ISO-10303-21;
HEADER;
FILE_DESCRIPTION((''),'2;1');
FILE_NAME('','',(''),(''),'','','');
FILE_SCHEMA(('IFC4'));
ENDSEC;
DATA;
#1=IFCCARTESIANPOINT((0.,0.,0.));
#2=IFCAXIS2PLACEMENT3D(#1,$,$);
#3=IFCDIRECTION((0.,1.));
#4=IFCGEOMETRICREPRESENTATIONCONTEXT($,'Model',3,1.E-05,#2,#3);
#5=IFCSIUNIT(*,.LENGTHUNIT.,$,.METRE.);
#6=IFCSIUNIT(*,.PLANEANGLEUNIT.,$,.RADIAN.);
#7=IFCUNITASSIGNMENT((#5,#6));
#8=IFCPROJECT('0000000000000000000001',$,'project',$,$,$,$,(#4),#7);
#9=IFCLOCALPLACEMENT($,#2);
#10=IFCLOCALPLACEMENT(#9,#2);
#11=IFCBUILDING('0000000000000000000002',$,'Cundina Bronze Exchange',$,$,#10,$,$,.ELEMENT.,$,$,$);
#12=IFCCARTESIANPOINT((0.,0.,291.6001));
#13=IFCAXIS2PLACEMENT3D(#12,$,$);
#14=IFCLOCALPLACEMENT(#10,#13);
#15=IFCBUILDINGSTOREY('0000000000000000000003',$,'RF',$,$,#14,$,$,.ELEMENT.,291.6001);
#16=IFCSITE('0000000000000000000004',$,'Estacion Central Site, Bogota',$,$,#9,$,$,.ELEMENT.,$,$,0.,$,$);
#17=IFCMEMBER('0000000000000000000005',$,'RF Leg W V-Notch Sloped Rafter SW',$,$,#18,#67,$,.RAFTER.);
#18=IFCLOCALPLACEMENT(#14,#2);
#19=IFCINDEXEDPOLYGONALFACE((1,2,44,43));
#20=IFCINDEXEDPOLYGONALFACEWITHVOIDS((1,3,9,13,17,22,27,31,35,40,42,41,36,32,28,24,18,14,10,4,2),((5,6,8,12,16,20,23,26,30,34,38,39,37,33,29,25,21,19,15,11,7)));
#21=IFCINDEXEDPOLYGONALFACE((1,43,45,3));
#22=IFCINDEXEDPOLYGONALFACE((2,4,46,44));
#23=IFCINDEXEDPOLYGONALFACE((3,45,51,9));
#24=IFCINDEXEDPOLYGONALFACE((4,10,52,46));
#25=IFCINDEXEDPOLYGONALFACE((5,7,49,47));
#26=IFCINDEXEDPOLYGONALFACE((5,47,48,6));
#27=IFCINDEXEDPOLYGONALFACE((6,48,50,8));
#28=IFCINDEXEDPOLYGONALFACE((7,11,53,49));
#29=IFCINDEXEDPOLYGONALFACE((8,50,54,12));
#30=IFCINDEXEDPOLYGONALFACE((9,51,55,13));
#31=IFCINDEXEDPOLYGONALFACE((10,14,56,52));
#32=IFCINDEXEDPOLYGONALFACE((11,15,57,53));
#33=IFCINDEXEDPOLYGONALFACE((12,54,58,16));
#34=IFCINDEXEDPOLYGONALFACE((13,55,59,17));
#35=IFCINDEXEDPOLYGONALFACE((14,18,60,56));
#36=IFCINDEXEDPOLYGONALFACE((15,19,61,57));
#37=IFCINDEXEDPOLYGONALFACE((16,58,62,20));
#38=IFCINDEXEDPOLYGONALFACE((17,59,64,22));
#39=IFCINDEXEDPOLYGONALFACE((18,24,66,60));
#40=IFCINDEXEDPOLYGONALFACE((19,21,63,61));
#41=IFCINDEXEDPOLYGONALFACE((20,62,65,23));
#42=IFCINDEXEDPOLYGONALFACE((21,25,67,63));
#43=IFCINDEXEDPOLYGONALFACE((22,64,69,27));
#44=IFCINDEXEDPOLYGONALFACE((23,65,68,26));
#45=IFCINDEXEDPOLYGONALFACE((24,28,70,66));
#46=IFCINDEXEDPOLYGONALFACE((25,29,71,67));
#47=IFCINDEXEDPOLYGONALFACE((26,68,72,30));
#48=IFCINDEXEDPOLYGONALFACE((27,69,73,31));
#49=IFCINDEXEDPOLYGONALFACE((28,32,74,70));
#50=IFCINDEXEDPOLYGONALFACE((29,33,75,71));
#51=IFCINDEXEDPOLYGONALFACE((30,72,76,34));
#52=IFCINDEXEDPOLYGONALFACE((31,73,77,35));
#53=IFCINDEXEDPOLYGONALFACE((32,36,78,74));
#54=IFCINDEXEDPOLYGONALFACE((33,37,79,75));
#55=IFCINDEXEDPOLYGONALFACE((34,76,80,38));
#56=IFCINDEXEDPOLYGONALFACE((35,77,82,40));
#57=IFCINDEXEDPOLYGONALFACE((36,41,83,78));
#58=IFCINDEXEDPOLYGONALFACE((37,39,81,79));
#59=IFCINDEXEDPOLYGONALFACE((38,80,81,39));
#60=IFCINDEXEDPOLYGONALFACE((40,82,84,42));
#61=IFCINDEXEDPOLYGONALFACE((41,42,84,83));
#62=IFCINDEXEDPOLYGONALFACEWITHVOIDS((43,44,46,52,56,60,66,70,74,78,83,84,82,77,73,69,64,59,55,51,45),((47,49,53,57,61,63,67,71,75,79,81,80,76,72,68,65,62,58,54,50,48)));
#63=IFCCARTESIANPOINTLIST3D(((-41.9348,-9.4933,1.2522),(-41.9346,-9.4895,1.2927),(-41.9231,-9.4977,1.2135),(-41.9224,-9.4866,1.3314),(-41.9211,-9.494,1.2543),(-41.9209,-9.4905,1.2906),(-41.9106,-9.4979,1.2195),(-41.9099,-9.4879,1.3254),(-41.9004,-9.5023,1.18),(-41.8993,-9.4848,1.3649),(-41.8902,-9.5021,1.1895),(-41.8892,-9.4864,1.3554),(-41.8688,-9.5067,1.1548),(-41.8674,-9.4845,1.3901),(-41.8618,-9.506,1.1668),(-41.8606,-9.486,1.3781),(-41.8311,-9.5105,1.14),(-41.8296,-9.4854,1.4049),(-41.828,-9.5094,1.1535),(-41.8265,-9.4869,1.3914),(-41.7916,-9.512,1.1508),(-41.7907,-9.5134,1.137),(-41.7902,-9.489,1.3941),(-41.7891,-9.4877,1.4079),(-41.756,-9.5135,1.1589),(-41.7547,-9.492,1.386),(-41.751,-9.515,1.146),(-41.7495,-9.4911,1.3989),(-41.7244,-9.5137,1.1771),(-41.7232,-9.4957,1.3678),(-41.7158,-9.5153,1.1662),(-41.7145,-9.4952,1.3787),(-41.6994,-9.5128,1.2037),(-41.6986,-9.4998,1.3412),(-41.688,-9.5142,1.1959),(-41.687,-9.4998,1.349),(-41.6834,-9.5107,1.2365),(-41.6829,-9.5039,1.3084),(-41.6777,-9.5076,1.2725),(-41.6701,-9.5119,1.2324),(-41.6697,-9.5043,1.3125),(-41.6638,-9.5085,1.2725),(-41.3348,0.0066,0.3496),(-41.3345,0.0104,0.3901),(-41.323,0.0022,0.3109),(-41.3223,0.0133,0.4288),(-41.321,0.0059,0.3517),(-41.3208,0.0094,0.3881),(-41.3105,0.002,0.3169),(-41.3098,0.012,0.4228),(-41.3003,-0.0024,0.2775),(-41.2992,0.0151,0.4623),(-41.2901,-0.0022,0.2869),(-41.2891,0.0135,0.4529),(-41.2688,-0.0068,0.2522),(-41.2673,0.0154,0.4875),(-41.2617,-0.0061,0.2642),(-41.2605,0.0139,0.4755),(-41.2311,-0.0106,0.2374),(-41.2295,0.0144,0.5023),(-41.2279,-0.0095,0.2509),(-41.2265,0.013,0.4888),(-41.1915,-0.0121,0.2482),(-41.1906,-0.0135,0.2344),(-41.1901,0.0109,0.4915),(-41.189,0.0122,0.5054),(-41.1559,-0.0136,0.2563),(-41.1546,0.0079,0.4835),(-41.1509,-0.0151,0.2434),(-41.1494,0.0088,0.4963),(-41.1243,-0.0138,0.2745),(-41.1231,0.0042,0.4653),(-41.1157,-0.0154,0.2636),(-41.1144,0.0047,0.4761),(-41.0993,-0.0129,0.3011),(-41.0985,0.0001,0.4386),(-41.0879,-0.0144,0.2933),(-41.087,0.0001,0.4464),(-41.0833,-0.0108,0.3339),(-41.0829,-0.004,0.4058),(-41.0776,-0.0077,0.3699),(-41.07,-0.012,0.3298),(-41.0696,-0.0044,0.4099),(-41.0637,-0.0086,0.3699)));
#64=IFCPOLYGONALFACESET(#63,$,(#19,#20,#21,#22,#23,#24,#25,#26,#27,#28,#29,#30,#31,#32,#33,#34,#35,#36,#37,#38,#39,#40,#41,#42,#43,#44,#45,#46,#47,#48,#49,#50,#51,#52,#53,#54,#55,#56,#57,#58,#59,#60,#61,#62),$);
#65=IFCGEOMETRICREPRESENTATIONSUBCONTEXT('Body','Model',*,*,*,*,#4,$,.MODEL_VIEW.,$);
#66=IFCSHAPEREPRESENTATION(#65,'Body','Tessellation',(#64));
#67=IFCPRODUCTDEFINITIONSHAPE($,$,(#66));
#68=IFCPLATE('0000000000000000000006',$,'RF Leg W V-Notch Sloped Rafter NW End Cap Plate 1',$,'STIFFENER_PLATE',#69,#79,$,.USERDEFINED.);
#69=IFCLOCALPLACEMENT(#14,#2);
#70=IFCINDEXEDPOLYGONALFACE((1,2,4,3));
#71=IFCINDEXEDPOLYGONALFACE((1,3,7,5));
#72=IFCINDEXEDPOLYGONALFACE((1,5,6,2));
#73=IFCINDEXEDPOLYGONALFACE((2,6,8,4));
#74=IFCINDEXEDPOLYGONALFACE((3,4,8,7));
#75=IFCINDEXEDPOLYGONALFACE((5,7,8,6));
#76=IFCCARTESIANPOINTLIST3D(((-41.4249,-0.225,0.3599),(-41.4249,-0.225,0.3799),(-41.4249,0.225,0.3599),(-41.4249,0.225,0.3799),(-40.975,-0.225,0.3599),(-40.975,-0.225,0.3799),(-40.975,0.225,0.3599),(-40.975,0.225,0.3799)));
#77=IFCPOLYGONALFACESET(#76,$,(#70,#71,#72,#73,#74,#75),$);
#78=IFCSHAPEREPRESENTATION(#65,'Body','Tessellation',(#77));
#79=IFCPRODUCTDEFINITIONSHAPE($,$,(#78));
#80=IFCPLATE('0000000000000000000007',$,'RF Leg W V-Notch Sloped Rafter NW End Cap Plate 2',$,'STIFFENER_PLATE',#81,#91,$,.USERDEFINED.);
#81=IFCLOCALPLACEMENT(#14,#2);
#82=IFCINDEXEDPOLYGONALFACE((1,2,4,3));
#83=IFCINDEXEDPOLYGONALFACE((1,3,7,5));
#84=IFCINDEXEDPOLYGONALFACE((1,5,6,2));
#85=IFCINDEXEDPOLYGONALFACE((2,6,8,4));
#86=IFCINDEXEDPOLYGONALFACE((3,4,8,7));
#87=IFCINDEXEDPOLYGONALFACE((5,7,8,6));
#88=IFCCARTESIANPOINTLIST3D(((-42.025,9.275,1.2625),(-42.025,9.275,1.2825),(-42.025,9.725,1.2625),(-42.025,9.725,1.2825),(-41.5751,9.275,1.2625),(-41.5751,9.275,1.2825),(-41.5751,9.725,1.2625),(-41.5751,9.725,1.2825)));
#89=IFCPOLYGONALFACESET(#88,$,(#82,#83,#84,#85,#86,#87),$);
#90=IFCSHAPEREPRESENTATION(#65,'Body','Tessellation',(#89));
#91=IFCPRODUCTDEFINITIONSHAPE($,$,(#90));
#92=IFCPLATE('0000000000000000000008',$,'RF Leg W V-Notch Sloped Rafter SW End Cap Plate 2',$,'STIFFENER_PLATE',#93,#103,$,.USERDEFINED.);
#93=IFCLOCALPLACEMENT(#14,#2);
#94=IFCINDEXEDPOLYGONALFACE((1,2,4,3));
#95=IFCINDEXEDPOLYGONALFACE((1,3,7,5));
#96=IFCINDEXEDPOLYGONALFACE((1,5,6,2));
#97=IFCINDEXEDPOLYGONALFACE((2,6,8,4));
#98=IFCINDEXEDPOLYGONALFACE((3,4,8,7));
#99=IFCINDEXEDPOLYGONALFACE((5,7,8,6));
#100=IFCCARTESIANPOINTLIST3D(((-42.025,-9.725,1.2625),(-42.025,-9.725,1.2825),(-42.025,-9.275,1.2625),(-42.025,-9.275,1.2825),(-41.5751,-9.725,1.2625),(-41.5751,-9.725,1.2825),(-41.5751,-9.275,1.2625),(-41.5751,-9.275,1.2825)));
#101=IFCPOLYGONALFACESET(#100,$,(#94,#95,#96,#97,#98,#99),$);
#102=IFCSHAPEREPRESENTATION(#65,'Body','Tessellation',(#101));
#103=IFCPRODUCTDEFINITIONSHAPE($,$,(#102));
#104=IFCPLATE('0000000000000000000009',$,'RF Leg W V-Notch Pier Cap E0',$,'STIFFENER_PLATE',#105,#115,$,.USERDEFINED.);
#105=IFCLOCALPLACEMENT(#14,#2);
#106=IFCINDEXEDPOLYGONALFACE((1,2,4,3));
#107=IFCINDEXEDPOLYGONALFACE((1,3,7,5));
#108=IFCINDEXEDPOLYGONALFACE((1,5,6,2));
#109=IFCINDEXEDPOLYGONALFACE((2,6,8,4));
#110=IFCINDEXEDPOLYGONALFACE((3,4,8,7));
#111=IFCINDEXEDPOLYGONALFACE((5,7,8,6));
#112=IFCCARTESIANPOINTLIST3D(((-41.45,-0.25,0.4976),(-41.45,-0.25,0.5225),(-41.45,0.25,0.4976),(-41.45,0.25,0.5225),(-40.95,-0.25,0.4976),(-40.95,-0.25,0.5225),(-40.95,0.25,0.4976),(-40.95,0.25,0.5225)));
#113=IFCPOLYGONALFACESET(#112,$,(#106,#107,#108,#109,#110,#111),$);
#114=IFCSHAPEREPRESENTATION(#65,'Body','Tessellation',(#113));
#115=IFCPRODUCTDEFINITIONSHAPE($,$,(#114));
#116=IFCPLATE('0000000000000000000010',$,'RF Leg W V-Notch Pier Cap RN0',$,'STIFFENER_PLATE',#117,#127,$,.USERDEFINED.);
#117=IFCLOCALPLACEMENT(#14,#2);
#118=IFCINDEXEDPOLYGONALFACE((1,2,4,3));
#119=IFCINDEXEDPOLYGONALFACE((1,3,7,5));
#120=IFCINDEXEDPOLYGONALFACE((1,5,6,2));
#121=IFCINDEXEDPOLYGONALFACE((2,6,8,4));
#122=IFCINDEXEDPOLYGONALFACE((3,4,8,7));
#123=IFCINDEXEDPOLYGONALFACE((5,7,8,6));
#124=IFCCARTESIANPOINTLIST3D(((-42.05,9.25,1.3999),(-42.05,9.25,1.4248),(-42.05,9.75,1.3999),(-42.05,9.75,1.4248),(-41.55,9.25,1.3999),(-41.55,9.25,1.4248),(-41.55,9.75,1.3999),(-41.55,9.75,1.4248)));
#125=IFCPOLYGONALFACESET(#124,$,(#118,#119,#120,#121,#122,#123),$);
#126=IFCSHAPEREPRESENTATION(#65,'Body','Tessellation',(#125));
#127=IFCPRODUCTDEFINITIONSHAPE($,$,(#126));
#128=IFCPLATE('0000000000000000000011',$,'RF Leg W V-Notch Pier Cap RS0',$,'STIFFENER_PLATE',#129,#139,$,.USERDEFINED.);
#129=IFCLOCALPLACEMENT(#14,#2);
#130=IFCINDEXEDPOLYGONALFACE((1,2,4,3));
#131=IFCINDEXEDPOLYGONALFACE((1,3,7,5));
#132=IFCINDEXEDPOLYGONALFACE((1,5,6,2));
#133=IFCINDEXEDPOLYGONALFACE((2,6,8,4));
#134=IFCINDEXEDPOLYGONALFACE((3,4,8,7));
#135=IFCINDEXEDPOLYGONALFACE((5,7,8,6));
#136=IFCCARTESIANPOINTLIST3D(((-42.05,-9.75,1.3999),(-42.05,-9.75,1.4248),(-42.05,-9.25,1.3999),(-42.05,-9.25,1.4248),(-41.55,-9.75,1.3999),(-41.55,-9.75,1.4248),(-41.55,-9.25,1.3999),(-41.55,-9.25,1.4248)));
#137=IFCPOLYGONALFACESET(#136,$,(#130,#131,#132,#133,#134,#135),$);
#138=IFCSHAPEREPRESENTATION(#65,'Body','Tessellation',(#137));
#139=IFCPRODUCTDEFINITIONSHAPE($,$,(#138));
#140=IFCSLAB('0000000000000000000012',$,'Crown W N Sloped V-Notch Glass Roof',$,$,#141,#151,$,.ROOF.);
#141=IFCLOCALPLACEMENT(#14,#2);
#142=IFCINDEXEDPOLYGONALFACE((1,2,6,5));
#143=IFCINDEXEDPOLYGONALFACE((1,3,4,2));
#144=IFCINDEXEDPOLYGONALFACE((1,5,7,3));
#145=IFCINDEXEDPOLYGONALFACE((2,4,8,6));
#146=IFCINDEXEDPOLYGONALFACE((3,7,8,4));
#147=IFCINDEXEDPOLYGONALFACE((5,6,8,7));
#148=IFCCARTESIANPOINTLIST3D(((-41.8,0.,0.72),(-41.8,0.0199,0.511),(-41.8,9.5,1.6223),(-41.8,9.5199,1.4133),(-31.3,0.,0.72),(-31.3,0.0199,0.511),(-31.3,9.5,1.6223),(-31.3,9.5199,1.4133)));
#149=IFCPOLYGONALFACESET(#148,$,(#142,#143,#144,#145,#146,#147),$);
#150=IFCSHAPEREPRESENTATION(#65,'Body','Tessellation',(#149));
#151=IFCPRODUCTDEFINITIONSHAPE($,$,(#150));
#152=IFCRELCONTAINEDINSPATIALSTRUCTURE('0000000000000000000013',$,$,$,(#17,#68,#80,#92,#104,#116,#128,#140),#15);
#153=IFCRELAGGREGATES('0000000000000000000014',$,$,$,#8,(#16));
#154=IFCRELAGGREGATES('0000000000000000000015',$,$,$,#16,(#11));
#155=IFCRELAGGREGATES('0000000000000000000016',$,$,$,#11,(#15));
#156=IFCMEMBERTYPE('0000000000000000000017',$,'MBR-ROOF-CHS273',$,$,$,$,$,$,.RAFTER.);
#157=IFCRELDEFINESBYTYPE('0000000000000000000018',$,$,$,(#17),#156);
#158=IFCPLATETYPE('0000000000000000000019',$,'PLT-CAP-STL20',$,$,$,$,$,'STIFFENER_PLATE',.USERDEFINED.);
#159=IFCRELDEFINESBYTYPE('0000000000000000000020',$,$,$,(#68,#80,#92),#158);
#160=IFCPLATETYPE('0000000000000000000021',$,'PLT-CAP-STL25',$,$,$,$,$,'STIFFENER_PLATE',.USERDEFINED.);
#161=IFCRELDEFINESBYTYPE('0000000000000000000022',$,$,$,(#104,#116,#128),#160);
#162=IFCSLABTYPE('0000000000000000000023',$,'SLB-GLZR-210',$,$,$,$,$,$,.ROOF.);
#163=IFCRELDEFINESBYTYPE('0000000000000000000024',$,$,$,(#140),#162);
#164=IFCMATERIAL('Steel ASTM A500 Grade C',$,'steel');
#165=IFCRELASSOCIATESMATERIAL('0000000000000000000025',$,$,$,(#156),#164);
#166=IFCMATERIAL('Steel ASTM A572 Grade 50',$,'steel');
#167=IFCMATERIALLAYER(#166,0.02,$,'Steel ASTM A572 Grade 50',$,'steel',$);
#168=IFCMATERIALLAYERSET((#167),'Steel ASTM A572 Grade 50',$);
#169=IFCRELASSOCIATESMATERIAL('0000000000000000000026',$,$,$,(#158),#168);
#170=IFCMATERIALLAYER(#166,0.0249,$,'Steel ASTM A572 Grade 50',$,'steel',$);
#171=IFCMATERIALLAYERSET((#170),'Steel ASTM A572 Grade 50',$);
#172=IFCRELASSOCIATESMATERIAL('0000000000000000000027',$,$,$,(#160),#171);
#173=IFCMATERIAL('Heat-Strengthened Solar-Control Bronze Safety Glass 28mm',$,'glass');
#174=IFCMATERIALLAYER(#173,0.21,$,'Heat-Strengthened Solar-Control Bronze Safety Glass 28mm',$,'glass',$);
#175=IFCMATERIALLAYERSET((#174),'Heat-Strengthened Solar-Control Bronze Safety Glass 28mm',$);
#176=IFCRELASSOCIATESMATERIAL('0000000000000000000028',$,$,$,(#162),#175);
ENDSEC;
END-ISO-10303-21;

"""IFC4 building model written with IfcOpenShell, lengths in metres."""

from ifc_helpers import new_model, si_unit, direction, frame, origin, origin_2d, place, context, subcontext, project, spatial, polyline, rectangle, hollow_circle, outline, extrude, material, layer, layer_set, material_profile, profile_set, type_object, element, save


model = new_model("IFC4")

# Units and contexts
model_context = context("Model", 3, precision=1e-05, world=origin(), true_north=direction((0.0, 1.0)))
body_context = subcontext(model_context, "Body", "Model", "MODEL_VIEW")
ifc_project = project(units=[si_unit("LENGTHUNIT", "METRE"), si_unit("PLANEANGLEUNIT", "RADIAN")], contexts=[model_context])

# Site, building, storey
site_placement = place(None, origin())
site = spatial("IfcSite", under=ifc_project, at=site_placement, Name="Estacion Central Site, Bogota", CompositionType="ELEMENT", RefElevation=0.0)
building_placement = place(site_placement, origin())
building = spatial("IfcBuilding", under=site, at=building_placement, Name="Cundina Bronze Exchange", CompositionType="ELEMENT")
storey_placement = place(building_placement, frame((0.0, 0.0, 291.6001)))
storey = spatial("IfcBuildingStorey", under=building, at=storey_placement, Name="RF", CompositionType="ELEMENT", Elevation=291.6001)

# Member
ifc_material_1 = material(Name="Steel ASTM A500 Grade C", Category="steel")
ifc_material_profile_1 = material_profile(ifc_material_1, hollow_circle(Radius=0.1365, WallThickness=0.0139, at=origin_2d()), Name="CHS273X14", Category="steel")
ifc_profile_set_1 = profile_set([ifc_material_profile_1], Name="Steel ASTM A500 Grade C")
member_type = type_object("IfcMemberType", Name="MBR-ROOF-CHS273", PredefinedType="RAFTER", material=ifc_profile_set_1)
for number, where, z_axis, x_axis, name in (
    (1, (-41.2, 0.0, 0.3699), (-0.062761, -0.993554, 0.094397), (0.998011, -0.063043, 0.0), "RF Leg W V-Notch Sloped Rafter SW"),
):
    element("IfcMember", number, at=place(storey_placement, frame(where, z_axis=z_axis, x_axis=x_axis)), inside=storey, type_object=member_type, Name=name, PredefinedType="RAFTER", context=body_context, shape_type="SweptSolid", body=[
        extrude(hollow_circle(Radius=0.1365, WallThickness=0.0139, at=origin_2d()), origin(), (0.0, 0.0, 1.0), 9.5615),
    ])

# Plates
ifc_material_2 = material(Name="Steel ASTM A572 Grade 50", Category="steel")
ifc_layer_1 = layer(ifc_material_2, 0.02, Name="Steel ASTM A572 Grade 50", Category="steel")
ifc_layer_set_1 = layer_set([ifc_layer_1], Name="Steel ASTM A572 Grade 50")
plate_type_1 = type_object("IfcPlateType", Name="PLT-CAP-STL20", ElementType="STIFFENER_PLATE", PredefinedType="USERDEFINED", material=ifc_layer_set_1)
for number, where, z_axis, x_axis, name in (
    (2, (-41.2, 0.0, 0.3599), (0.0, 0.0, 1.0), (1.0, 0.0, 0.0), "RF Leg W V-Notch Sloped Rafter NW End Cap Plate 1"),
    (3, (-41.8, 9.5, 1.2625), (0.0, 0.0, 1.0), (1.0, 0.0, 0.0), "RF Leg W V-Notch Sloped Rafter NW End Cap Plate 2"),
    (4, (-41.8, -9.5, 1.2625), (0.0, 0.0, 1.0), (1.0, 0.0, 0.0), "RF Leg W V-Notch Sloped Rafter SW End Cap Plate 2"),
):
    element("IfcPlate", number, at=place(storey_placement, frame(where, z_axis=z_axis, x_axis=x_axis)), inside=storey, type_object=plate_type_1, Name=name, ObjectType="STIFFENER_PLATE", PredefinedType="USERDEFINED", context=body_context, shape_type="SweptSolid", body=[
        extrude(rectangle(XDim=0.45, YDim=0.45, at=origin_2d()), origin(), (0.0, 0.0, 1.0), 0.02),
    ])
ifc_layer_2 = layer(ifc_material_2, 0.0249, Name="Steel ASTM A572 Grade 50", Category="steel")
ifc_layer_set_2 = layer_set([ifc_layer_2], Name="Steel ASTM A572 Grade 50")
plate_type_2 = type_object("IfcPlateType", Name="PLT-CAP-STL25", ElementType="STIFFENER_PLATE", PredefinedType="USERDEFINED", material=ifc_layer_set_2)
for number, where, z_axis, x_axis, name in (
    (5, (-41.2, 0.0, 0.4976), (0.0, 0.0, 1.0), (1.0, 0.0, 0.0), "RF Leg W V-Notch Pier Cap E0"),
    (6, (-41.8, 9.5, 1.3999), (0.0, 0.0, 1.0), (1.0, 0.0, 0.0), "RF Leg W V-Notch Pier Cap RN0"),
    (7, (-41.8, -9.5, 1.3999), (0.0, 0.0, 1.0), (1.0, 0.0, 0.0), "RF Leg W V-Notch Pier Cap RS0"),
):
    element("IfcPlate", number, at=place(storey_placement, frame(where, z_axis=z_axis, x_axis=x_axis)), inside=storey, type_object=plate_type_2, Name=name, ObjectType="STIFFENER_PLATE", PredefinedType="USERDEFINED", context=body_context, shape_type="SweptSolid", body=[
        extrude(rectangle(XDim=0.5, YDim=0.5, at=origin_2d()), origin(), (0.0, 0.0, 1.0), 0.0249),
    ])

# Slab
ifc_material_3 = material(Name="Heat-Strengthened Solar-Control Bronze Safety Glass 28mm", Category="glass")
ifc_layer_3 = layer(ifc_material_3, 0.21, Name="Heat-Strengthened Solar-Control Bronze Safety Glass 28mm", Category="glass")
ifc_layer_set_3 = layer_set([ifc_layer_3], Name="Heat-Strengthened Solar-Control Bronze Safety Glass 28mm")
slab_type = type_object("IfcSlabType", Name="SLB-GLZR-210", PredefinedType="ROOF", material=ifc_layer_set_3)
slab_placement = place(storey_placement, frame((-41.8, 0.0, 0.72), z_axis=(0.0, -0.094558, 0.995519), x_axis=(1.0, 0.0, 0.0)))
element("IfcSlab", 8, at=slab_placement, inside=storey, type_object=slab_type, Name="Crown W N Sloped V-Notch Glass Roof", PredefinedType="ROOF", context=body_context, shape_type="SweptSolid", body=[
    extrude(outline(polyline([(0.0, 0.0), (10.5, 0.0), (10.5, 9.5428), (0.0, 9.5428), (0.0, 0.0)])), origin(), (0.0, 0.0, -1.0), 0.21),
])

save(model, "model.ifc")
